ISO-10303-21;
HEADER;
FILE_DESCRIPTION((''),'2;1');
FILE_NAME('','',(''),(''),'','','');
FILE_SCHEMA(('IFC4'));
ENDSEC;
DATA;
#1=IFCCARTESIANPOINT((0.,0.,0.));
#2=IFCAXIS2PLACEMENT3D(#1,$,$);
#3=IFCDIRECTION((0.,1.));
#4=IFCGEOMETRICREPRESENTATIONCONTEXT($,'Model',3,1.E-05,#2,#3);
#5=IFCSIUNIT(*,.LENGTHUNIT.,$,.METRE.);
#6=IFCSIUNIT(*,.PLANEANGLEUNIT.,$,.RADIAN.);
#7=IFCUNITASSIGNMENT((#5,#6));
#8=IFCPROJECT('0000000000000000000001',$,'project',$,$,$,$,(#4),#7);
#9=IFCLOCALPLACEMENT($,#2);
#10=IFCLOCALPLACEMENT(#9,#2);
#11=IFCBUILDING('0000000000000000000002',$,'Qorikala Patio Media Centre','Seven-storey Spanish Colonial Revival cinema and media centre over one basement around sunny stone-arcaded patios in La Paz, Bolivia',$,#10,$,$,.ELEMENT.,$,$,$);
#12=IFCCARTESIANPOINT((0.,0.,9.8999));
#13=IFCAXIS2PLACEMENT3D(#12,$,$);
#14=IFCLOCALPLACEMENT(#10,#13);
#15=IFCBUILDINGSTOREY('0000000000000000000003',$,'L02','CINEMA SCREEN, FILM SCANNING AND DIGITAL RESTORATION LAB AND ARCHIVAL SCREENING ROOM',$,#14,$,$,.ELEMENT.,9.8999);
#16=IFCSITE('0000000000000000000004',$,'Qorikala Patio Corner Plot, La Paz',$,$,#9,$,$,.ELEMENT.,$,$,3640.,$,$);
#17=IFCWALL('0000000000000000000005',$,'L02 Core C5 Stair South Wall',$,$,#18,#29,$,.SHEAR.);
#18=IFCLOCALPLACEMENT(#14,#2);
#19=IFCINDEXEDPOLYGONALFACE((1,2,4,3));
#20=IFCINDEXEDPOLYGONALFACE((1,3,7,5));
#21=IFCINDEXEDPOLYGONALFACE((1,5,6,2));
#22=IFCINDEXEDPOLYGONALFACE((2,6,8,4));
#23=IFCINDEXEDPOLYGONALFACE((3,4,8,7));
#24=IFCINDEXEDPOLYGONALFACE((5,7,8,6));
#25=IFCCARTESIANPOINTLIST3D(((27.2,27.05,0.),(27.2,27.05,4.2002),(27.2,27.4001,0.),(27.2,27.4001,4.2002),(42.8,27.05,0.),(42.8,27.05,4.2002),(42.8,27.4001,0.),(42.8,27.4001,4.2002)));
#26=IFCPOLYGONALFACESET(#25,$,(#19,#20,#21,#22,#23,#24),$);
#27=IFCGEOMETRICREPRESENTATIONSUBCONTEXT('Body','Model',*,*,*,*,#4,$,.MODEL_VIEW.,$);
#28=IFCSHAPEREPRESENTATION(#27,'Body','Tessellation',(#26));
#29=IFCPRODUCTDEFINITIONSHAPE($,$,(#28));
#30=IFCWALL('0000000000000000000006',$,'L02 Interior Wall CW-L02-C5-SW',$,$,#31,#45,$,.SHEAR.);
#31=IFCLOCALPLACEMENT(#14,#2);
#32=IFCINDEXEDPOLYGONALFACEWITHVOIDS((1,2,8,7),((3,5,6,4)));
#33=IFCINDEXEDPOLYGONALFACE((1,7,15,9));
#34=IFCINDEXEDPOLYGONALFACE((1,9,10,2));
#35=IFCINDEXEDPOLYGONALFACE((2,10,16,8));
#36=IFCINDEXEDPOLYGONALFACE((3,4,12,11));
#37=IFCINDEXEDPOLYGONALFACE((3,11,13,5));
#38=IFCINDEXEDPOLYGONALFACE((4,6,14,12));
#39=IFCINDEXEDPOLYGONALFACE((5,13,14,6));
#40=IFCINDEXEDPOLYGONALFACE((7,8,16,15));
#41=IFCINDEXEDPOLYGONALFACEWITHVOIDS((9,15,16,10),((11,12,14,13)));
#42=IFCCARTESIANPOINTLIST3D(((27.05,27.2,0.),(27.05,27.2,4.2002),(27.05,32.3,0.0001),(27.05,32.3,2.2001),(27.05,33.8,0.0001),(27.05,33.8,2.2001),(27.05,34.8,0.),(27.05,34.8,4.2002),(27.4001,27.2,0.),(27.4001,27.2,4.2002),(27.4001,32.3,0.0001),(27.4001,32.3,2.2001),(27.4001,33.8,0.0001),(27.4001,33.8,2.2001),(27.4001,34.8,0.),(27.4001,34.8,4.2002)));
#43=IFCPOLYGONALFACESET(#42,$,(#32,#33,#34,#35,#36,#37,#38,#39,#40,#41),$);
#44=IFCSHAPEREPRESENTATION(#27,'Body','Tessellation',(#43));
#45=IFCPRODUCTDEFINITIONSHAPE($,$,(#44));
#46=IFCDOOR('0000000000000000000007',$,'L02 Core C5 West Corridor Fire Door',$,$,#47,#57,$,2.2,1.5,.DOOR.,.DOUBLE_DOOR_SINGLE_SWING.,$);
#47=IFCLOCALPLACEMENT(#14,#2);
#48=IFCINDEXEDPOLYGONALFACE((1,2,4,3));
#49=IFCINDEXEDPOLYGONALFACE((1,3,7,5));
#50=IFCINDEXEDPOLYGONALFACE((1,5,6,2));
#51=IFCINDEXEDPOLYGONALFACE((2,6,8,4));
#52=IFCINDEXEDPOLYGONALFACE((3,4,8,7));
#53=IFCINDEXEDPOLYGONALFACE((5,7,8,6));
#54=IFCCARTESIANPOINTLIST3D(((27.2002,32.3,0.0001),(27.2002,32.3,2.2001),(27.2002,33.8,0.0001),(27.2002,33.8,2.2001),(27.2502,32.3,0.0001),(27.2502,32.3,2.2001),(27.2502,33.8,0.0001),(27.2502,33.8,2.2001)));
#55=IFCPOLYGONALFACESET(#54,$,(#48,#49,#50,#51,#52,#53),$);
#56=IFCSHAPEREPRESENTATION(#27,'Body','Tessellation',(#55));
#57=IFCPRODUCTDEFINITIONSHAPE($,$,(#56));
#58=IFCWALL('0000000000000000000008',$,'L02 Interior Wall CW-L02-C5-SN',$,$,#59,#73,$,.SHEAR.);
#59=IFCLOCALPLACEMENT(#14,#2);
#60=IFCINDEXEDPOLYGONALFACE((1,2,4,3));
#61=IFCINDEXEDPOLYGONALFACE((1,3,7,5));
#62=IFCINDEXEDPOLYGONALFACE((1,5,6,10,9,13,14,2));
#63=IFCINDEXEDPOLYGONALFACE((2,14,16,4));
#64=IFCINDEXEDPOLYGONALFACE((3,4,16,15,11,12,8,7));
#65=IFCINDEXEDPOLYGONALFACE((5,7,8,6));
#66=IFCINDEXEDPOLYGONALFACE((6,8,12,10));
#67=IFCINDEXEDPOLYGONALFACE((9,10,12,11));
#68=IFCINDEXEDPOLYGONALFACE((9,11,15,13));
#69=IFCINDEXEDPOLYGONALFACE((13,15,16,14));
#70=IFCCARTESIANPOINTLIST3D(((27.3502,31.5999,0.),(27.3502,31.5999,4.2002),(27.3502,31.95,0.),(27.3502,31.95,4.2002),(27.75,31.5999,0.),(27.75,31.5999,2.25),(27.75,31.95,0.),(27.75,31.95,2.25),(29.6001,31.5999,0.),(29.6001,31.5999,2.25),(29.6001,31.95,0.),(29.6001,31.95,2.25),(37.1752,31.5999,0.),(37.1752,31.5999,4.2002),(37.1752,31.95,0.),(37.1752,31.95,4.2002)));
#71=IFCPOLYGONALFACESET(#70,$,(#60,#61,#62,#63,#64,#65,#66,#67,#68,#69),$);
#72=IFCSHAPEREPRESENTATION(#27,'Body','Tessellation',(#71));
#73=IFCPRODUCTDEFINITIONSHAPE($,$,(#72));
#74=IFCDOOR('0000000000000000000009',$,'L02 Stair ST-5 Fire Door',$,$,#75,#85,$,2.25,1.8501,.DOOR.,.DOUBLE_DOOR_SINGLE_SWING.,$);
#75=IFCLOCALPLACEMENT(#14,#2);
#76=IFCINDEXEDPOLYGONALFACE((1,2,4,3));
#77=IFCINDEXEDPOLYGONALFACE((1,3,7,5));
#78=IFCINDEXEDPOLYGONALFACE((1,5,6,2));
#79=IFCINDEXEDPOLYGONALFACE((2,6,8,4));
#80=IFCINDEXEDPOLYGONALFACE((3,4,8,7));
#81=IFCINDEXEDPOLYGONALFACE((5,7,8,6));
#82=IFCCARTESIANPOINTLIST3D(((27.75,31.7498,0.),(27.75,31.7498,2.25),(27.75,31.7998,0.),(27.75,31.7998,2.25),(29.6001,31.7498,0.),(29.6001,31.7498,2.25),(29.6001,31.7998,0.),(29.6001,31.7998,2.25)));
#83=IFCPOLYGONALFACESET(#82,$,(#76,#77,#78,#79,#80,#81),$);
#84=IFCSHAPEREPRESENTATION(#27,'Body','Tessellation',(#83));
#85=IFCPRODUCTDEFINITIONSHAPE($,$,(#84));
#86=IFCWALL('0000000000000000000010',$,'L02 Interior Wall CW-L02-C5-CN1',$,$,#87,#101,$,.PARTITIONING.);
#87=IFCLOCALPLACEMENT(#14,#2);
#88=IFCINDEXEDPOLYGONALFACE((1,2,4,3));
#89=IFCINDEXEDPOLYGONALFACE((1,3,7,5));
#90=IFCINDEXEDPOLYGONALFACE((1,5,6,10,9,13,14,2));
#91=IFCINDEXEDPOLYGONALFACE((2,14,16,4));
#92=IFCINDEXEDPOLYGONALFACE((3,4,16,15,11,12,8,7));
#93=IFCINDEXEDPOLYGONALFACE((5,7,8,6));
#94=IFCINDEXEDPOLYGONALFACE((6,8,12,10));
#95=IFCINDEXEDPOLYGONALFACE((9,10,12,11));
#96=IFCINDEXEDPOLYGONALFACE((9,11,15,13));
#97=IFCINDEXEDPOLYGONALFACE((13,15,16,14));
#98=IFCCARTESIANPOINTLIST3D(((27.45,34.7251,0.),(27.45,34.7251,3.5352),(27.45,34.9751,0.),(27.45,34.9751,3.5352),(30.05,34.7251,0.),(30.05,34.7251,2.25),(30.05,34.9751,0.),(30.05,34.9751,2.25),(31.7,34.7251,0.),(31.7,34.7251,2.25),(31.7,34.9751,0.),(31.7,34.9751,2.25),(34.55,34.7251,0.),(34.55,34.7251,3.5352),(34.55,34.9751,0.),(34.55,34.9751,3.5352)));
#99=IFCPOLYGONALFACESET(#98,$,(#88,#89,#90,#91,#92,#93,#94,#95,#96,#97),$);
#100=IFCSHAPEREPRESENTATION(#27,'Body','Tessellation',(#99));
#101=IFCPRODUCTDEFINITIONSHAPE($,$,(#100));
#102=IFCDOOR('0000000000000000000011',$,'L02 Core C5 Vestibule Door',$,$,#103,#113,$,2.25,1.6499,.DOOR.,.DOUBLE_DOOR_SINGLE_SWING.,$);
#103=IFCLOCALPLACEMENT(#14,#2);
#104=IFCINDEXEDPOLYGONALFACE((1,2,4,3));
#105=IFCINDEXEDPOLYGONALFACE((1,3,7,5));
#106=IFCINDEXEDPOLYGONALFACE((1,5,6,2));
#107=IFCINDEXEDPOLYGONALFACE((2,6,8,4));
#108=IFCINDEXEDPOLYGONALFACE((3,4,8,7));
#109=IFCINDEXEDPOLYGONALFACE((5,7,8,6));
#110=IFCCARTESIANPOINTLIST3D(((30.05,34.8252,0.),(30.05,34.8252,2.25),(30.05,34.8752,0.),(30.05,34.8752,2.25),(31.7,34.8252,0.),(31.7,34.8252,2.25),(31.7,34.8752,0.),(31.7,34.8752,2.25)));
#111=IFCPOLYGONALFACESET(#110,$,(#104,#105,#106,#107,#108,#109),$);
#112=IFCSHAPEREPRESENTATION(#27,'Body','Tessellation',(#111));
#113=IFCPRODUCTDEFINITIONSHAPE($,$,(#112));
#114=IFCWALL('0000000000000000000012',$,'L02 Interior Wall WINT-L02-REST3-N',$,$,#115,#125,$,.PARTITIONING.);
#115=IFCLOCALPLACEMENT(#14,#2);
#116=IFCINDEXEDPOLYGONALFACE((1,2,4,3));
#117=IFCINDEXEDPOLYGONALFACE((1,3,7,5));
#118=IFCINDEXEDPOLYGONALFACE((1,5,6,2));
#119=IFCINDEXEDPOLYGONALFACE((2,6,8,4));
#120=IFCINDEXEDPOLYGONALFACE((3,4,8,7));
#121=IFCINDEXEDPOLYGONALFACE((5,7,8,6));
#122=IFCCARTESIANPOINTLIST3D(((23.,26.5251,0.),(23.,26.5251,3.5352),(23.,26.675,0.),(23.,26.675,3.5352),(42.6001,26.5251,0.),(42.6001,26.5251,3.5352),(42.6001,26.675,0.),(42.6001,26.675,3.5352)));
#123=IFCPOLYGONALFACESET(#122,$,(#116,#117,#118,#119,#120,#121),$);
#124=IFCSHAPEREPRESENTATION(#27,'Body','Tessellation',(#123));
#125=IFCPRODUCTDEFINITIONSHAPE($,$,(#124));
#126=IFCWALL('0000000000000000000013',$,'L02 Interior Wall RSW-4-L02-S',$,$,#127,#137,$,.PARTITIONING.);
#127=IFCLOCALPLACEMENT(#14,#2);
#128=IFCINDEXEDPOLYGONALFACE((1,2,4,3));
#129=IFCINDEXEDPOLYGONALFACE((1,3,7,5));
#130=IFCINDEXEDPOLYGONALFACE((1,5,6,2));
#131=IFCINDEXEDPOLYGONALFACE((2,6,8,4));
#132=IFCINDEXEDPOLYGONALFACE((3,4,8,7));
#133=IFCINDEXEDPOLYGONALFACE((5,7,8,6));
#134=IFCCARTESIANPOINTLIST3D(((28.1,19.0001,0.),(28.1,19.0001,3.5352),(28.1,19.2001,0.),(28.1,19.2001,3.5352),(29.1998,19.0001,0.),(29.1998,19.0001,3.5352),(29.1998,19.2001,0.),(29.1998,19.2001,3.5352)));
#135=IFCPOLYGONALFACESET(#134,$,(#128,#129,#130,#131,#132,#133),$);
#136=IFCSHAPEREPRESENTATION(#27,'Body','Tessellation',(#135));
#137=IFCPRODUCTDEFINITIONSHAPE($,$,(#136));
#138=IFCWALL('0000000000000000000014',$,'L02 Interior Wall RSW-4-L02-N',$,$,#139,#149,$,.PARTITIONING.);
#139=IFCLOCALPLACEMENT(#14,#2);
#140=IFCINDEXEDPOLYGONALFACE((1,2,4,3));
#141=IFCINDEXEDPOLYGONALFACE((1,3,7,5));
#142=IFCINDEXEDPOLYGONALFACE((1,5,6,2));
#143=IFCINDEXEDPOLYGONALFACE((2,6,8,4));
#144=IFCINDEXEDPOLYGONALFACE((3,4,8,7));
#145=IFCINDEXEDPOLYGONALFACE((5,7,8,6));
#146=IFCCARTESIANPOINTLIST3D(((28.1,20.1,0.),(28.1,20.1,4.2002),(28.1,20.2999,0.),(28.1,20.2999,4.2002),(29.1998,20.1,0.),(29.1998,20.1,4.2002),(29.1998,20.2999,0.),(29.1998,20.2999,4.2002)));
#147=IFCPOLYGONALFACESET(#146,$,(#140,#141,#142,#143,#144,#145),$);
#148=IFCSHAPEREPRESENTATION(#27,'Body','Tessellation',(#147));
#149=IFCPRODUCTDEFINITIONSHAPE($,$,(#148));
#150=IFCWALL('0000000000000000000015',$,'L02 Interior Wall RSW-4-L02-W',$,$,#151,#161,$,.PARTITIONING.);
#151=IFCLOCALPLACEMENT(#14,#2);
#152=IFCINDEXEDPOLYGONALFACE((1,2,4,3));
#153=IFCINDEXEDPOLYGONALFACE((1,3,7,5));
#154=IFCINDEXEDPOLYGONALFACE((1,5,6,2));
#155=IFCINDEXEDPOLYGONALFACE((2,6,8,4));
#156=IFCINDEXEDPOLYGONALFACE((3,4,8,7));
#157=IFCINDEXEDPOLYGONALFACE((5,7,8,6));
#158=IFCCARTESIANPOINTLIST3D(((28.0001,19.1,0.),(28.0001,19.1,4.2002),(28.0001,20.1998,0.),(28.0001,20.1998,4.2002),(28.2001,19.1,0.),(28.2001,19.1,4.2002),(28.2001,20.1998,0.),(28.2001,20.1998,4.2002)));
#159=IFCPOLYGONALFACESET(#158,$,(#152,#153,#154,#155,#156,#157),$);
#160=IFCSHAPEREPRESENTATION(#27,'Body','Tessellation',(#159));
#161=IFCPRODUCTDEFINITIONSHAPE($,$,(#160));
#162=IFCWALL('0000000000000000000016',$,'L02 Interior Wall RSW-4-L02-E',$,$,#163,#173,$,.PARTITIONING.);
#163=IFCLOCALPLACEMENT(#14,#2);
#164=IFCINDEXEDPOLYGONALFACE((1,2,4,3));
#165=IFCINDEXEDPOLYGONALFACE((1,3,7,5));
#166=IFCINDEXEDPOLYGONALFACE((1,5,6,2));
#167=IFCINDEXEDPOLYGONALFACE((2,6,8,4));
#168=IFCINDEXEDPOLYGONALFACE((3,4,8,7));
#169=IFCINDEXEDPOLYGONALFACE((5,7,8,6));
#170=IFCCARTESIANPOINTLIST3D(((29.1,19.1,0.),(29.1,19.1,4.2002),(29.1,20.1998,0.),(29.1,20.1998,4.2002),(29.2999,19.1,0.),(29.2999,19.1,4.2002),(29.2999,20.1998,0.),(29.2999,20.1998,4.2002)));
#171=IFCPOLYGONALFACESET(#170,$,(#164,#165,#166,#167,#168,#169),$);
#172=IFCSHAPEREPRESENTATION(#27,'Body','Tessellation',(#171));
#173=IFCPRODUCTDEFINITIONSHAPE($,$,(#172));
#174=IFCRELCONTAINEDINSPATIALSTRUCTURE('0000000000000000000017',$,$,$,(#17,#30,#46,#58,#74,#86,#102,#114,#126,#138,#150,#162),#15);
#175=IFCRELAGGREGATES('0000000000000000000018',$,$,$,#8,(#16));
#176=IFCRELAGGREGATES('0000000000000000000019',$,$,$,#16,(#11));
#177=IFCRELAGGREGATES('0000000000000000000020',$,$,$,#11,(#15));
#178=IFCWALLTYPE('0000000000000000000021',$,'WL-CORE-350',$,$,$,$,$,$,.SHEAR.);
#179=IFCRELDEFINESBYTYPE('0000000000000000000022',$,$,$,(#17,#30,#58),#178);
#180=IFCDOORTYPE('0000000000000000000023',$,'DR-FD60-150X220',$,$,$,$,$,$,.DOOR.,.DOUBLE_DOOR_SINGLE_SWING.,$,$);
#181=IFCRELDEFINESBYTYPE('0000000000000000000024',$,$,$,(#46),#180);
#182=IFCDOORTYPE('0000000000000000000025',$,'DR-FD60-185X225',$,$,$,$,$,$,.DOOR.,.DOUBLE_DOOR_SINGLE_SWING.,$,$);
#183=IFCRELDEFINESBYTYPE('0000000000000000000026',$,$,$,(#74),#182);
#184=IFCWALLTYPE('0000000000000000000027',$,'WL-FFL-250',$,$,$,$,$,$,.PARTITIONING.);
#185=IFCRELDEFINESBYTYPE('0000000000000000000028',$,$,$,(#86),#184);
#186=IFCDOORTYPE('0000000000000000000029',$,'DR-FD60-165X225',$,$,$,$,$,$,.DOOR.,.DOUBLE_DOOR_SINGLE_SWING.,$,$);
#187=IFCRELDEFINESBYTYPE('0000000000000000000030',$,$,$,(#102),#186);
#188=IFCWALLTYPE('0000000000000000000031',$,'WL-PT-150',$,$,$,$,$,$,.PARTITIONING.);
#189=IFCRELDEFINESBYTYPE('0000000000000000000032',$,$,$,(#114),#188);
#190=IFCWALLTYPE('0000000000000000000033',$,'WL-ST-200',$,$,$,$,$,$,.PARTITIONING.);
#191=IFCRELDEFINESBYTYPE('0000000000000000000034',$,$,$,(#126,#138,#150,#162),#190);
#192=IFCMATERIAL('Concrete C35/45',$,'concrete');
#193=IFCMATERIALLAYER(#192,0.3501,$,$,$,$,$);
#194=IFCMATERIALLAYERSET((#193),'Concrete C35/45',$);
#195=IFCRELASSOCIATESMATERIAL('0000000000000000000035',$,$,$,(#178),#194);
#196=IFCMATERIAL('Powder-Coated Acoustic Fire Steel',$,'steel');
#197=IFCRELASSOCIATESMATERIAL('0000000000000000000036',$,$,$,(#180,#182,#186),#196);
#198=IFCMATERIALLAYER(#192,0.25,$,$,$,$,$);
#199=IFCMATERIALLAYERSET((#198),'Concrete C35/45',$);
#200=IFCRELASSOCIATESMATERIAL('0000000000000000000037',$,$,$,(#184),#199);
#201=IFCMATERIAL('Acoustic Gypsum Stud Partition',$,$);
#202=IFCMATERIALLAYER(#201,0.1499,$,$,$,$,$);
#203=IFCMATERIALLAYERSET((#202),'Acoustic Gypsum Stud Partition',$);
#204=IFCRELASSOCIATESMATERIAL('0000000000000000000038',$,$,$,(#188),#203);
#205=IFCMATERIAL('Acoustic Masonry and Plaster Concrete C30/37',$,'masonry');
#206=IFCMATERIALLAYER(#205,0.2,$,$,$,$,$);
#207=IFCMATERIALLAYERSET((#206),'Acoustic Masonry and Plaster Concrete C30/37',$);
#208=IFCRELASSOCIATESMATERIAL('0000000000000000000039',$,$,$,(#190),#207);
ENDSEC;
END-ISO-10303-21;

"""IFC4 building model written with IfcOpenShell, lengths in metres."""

from ifc_helpers import new_model, si_unit, direction, frame, frame_2d, origin, place, context, subcontext, project, spatial, rectangle, extrude, material, layer, layer_set, type_object, element, fill, save


model = new_model("IFC4")

# Units and contexts
model_context = context("Model", 3, precision=1e-05, world=origin(), true_north=direction((0.0, 1.0)))
body_context = subcontext(model_context, "Body", "Model", "MODEL_VIEW")
ifc_project = project(units=[si_unit("LENGTHUNIT", "METRE"), si_unit("PLANEANGLEUNIT", "RADIAN")], contexts=[model_context])

# Site, building, storey
site_placement = place(None, origin())
site = spatial("IfcSite", under=ifc_project, at=site_placement, Name="Qorikala Patio Corner Plot, La Paz", CompositionType="ELEMENT", RefElevation=3640.0)
building_placement = place(site_placement, origin())
building = spatial("IfcBuilding", under=site, at=building_placement, Name="Qorikala Patio Media Centre", Description="Seven-storey Spanish Colonial Revival cinema and media centre over one basement around sunny stone-arcaded patios in La Paz, Bolivia", CompositionType="ELEMENT")
storey_placement = place(building_placement, frame((0.0, 0.0, 9.8999)))
storey = spatial("IfcBuildingStorey", under=building, at=storey_placement, Name="L02", Description="CINEMA SCREEN, FILM SCANNING AND DIGITAL RESTORATION LAB AND ARCHIVAL SCREENING ROOM", CompositionType="ELEMENT", Elevation=9.8999)

# Shared definitions
ifc_material_1 = material(Name="Concrete C35/45", Category="concrete")

# Wall
ifc_layer_1 = layer(ifc_material_1, 0.3501)
ifc_layer_set_1 = layer_set([ifc_layer_1], Name="Concrete C35/45")
wall_type_1 = type_object("IfcWallType", Name="WL-CORE-350", PredefinedType="SHEAR", material=ifc_layer_set_1)
wall_1_placement = place(storey_placement, frame((27.2, 27.2251, 0.0), z_axis=(0.0, 0.0, 1.0), x_axis=(1.0, 0.0, 0.0)))
element("IfcWall", 1, at=wall_1_placement, inside=storey, type_object=wall_type_1, Name="L02 Core C5 Stair South Wall", PredefinedType="SHEAR", context=body_context, shape_type="SweptSolid", body=[
    extrude(rectangle(XDim=15.6001, YDim=0.3501, at=frame_2d((7.8, 0.0))), origin(), (0.0, 0.0, 1.0), 4.2002),
])

# Walls, openings, doors
wall_2_placement = place(storey_placement, frame((27.2251, 27.2, 0.0), z_axis=(0.0, 0.0, 1.0), x_axis=(0.0, 1.0, 0.0)))
wall_2 = element("IfcWall", 2, at=wall_2_placement, inside=storey, type_object=wall_type_1, Name="L02 Interior Wall CW-L02-C5-SW", PredefinedType="SHEAR", context=body_context, shape_type="SweptSolid", body=[
    extrude(rectangle(XDim=7.6001, YDim=0.3501, at=frame_2d((3.8, 0.0))), origin(), (0.0, 0.0, 1.0), 4.2002),
])
opening_1_placement = place(wall_2_placement, frame((5.1001, 0.0, 0.0)))
opening_1 = element("IfcOpeningElement", 3, at=opening_1_placement, cuts=wall_2, PredefinedType="OPENING", context=body_context, shape_type="SweptSolid", body=[
    extrude(rectangle(XDim=1.5, YDim=2.2, at=frame_2d((0.75, 1.1001))), frame((0.0, 0.1851, 0.0), z_axis=(0.0, -1.0, 0.0), x_axis=(1.0, 0.0, 0.0)), (0.0, 0.0, 1.0), 0.3701),
])
ifc_material_2 = material(Name="Powder-Coated Acoustic Fire Steel", Category="steel")
door_type_1 = type_object("IfcDoorType", Name="DR-FD60-150X220", OperationType="DOUBLE_DOOR_SINGLE_SWING", PredefinedType="DOOR", material=ifc_material_2)
door_1_placement = place(opening_1_placement, origin())
door_1 = element("IfcDoor", 4, at=door_1_placement, inside=storey, type_object=door_type_1, Name="L02 Core C5 West Corridor Fire Door", OperationType="DOUBLE_DOOR_SINGLE_SWING", OverallHeight=2.2, OverallWidth=1.5, PredefinedType="DOOR", context=body_context, shape_type="SweptSolid", body=[
    extrude(rectangle(XDim=1.5, YDim=2.2, at=frame_2d((0.75, 1.1001))), frame((0.0, 0.0249, 0.0), z_axis=(0.0, -1.0, 0.0), x_axis=(1.0, 0.0, 0.0)), (0.0, 0.0, 1.0), 0.05),
])
fill(opening_1, door_1)
wall_3_placement = place(storey_placement, frame((27.3501, 31.7749, 0.0), z_axis=(0.0, 0.0, 1.0), x_axis=(1.0, 0.0, 0.0)))
wall_3 = element("IfcWall", 5, at=wall_3_placement, inside=storey, type_object=wall_type_1, Name="L02 Interior Wall CW-L02-C5-SN", PredefinedType="SHEAR", context=body_context, shape_type="SweptSolid", body=[
    extrude(rectangle(XDim=9.825, YDim=0.3501, at=frame_2d((4.9126, 0.0))), origin(), (0.0, 0.0, 1.0), 4.2002),
])
opening_2_placement = place(wall_3_placement, frame((0.3999, 0.0, 0.0)))
opening_2 = element("IfcOpeningElement", 6, at=opening_2_placement, cuts=wall_3, PredefinedType="OPENING", context=body_context, shape_type="SweptSolid", body=[
    extrude(rectangle(XDim=1.8501, YDim=2.25, at=frame_2d((0.925, 1.125))), frame((0.0, 0.1851, 0.0), z_axis=(0.0, -1.0, 0.0), x_axis=(1.0, 0.0, 0.0)), (0.0, 0.0, 1.0), 0.3701),
])
door_type_2 = type_object("IfcDoorType", Name="DR-FD60-185X225", OperationType="DOUBLE_DOOR_SINGLE_SWING", PredefinedType="DOOR", material=ifc_material_2)
door_2_placement = place(opening_2_placement, origin())
door_2 = element("IfcDoor", 7, at=door_2_placement, inside=storey, type_object=door_type_2, Name="L02 Stair ST-5 Fire Door", OperationType="DOUBLE_DOOR_SINGLE_SWING", OverallHeight=2.25, OverallWidth=1.8501, PredefinedType="DOOR", context=body_context, shape_type="SweptSolid", body=[
    extrude(rectangle(XDim=1.8501, YDim=2.25, at=frame_2d((0.925, 1.125))), frame((0.0, 0.0249, 0.0), z_axis=(0.0, -1.0, 0.0), x_axis=(1.0, 0.0, 0.0)), (0.0, 0.0, 1.0), 0.05),
])
fill(opening_2, door_2)
ifc_layer_2 = layer(ifc_material_1, 0.25)
ifc_layer_set_2 = layer_set([ifc_layer_2], Name="Concrete C35/45")
wall_type_2 = type_object("IfcWallType", Name="WL-FFL-250", PredefinedType="PARTITIONING", material=ifc_layer_set_2)
wall_4_placement = place(storey_placement, frame((27.45, 34.8501, 0.0), z_axis=(0.0, 0.0, 1.0), x_axis=(1.0, 0.0, 0.0)))
wall_4 = element("IfcWall", 8, at=wall_4_placement, inside=storey, type_object=wall_type_2, Name="L02 Interior Wall CW-L02-C5-CN1", PredefinedType="PARTITIONING", context=body_context, shape_type="SweptSolid", body=[
    extrude(rectangle(XDim=7.1001, YDim=0.25, at=frame_2d((3.55, 0.0))), origin(), (0.0, 0.0, 1.0), 3.5352),
])
opening_3_placement = place(wall_4_placement, frame((2.6001, 0.0, 0.0)))
opening_3 = element("IfcOpeningElement", 9, at=opening_3_placement, cuts=wall_4, PredefinedType="OPENING", context=body_context, shape_type="SweptSolid", body=[
    extrude(rectangle(XDim=1.6499, YDim=2.25, at=frame_2d((0.825, 1.125))), frame((0.0, 0.135, 0.0), z_axis=(0.0, -1.0, 0.0), x_axis=(1.0, 0.0, 0.0)), (0.0, 0.0, 1.0), 0.27),
])
door_type_3 = type_object("IfcDoorType", Name="DR-FD60-165X225", OperationType="DOUBLE_DOOR_SINGLE_SWING", PredefinedType="DOOR", material=ifc_material_2)
door_3_placement = place(opening_3_placement, frame((1.6499, 0.0, 0.0), z_axis=(0.0, 0.0, 1.0), x_axis=(-1.0, 0.0, 0.0)))
door_3 = element("IfcDoor", 10, at=door_3_placement, inside=storey, type_object=door_type_3, Name="L02 Core C5 Vestibule Door", OperationType="DOUBLE_DOOR_SINGLE_SWING", OverallHeight=2.25, OverallWidth=1.6499, PredefinedType="DOOR", context=body_context, shape_type="SweptSolid", body=[
    extrude(rectangle(XDim=1.6499, YDim=2.25, at=frame_2d((0.825, 1.125))), frame((0.0, 0.0249, 0.0), z_axis=(0.0, -1.0, 0.0), x_axis=(1.0, 0.0, 0.0)), (0.0, 0.0, 1.0), 0.05),
])
fill(opening_3, door_3)

# Walls
ifc_material_3 = material(Name="Acoustic Gypsum Stud Partition")
ifc_layer_3 = layer(ifc_material_3, 0.1499)
ifc_layer_set_3 = layer_set([ifc_layer_3], Name="Acoustic Gypsum Stud Partition")
wall_type_3 = type_object("IfcWallType", Name="WL-PT-150", PredefinedType="PARTITIONING", material=ifc_layer_set_3)
wall_5_placement = place(storey_placement, frame((23.0, 26.6001, 0.0), z_axis=(0.0, 0.0, 1.0), x_axis=(1.0, 0.0, 0.0)))
element("IfcWall", 11, at=wall_5_placement, inside=storey, type_object=wall_type_3, Name="L02 Interior Wall WINT-L02-REST3-N", PredefinedType="PARTITIONING", context=body_context, shape_type="SweptSolid", body=[
    extrude(rectangle(XDim=19.6001, YDim=0.1499, at=frame_2d((9.8, 0.0))), origin(), (0.0, 0.0, 1.0), 3.5352),
])
ifc_material_4 = material(Name="Acoustic Masonry and Plaster Concrete C30/37", Category="masonry")
ifc_layer_4 = layer(ifc_material_4, 0.2)
ifc_layer_set_4 = layer_set([ifc_layer_4], Name="Acoustic Masonry and Plaster Concrete C30/37")
wall_type_4 = type_object("IfcWallType", Name="WL-ST-200", PredefinedType="PARTITIONING", material=ifc_layer_set_4)
wall_6_placement = place(storey_placement, frame((28.1001, 19.1001, 0.0), z_axis=(0.0, 0.0, 1.0), x_axis=(1.0, 0.0, 0.0)))
element("IfcWall", 12, at=wall_6_placement, inside=storey, type_object=wall_type_4, Name="L02 Interior Wall RSW-4-L02-S", PredefinedType="PARTITIONING", context=body_context, shape_type="SweptSolid", body=[
    extrude(rectangle(XDim=1.0999, YDim=0.2, at=frame_2d((0.5498, 0.0))), origin(), (0.0, 0.0, 1.0), 3.5352),
])
for number, where, z_axis, x_axis, name in (
    (13, (28.1001, 20.2, 0.0), (0.0, 0.0, 1.0), (1.0, 0.0, 0.0), "L02 Interior Wall RSW-4-L02-N"),
    (14, (28.1001, 19.1001, 0.0), (0.0, 0.0, 1.0), (0.0, 1.0, 0.0), "L02 Interior Wall RSW-4-L02-W"),
    (15, (29.2, 19.1001, 0.0), (0.0, 0.0, 1.0), (0.0, 1.0, 0.0), "L02 Interior Wall RSW-4-L02-E"),
):
    element("IfcWall", number, at=place(storey_placement, frame(where, z_axis=z_axis, x_axis=x_axis)), inside=storey, type_object=wall_type_4, Name=name, PredefinedType="PARTITIONING", context=body_context, shape_type="SweptSolid", body=[
        extrude(rectangle(XDim=1.0999, YDim=0.2, at=frame_2d((0.5498, 0.0))), origin(), (0.0, 0.0, 1.0), 4.2002),
    ])

save(model, "model.ifc")
